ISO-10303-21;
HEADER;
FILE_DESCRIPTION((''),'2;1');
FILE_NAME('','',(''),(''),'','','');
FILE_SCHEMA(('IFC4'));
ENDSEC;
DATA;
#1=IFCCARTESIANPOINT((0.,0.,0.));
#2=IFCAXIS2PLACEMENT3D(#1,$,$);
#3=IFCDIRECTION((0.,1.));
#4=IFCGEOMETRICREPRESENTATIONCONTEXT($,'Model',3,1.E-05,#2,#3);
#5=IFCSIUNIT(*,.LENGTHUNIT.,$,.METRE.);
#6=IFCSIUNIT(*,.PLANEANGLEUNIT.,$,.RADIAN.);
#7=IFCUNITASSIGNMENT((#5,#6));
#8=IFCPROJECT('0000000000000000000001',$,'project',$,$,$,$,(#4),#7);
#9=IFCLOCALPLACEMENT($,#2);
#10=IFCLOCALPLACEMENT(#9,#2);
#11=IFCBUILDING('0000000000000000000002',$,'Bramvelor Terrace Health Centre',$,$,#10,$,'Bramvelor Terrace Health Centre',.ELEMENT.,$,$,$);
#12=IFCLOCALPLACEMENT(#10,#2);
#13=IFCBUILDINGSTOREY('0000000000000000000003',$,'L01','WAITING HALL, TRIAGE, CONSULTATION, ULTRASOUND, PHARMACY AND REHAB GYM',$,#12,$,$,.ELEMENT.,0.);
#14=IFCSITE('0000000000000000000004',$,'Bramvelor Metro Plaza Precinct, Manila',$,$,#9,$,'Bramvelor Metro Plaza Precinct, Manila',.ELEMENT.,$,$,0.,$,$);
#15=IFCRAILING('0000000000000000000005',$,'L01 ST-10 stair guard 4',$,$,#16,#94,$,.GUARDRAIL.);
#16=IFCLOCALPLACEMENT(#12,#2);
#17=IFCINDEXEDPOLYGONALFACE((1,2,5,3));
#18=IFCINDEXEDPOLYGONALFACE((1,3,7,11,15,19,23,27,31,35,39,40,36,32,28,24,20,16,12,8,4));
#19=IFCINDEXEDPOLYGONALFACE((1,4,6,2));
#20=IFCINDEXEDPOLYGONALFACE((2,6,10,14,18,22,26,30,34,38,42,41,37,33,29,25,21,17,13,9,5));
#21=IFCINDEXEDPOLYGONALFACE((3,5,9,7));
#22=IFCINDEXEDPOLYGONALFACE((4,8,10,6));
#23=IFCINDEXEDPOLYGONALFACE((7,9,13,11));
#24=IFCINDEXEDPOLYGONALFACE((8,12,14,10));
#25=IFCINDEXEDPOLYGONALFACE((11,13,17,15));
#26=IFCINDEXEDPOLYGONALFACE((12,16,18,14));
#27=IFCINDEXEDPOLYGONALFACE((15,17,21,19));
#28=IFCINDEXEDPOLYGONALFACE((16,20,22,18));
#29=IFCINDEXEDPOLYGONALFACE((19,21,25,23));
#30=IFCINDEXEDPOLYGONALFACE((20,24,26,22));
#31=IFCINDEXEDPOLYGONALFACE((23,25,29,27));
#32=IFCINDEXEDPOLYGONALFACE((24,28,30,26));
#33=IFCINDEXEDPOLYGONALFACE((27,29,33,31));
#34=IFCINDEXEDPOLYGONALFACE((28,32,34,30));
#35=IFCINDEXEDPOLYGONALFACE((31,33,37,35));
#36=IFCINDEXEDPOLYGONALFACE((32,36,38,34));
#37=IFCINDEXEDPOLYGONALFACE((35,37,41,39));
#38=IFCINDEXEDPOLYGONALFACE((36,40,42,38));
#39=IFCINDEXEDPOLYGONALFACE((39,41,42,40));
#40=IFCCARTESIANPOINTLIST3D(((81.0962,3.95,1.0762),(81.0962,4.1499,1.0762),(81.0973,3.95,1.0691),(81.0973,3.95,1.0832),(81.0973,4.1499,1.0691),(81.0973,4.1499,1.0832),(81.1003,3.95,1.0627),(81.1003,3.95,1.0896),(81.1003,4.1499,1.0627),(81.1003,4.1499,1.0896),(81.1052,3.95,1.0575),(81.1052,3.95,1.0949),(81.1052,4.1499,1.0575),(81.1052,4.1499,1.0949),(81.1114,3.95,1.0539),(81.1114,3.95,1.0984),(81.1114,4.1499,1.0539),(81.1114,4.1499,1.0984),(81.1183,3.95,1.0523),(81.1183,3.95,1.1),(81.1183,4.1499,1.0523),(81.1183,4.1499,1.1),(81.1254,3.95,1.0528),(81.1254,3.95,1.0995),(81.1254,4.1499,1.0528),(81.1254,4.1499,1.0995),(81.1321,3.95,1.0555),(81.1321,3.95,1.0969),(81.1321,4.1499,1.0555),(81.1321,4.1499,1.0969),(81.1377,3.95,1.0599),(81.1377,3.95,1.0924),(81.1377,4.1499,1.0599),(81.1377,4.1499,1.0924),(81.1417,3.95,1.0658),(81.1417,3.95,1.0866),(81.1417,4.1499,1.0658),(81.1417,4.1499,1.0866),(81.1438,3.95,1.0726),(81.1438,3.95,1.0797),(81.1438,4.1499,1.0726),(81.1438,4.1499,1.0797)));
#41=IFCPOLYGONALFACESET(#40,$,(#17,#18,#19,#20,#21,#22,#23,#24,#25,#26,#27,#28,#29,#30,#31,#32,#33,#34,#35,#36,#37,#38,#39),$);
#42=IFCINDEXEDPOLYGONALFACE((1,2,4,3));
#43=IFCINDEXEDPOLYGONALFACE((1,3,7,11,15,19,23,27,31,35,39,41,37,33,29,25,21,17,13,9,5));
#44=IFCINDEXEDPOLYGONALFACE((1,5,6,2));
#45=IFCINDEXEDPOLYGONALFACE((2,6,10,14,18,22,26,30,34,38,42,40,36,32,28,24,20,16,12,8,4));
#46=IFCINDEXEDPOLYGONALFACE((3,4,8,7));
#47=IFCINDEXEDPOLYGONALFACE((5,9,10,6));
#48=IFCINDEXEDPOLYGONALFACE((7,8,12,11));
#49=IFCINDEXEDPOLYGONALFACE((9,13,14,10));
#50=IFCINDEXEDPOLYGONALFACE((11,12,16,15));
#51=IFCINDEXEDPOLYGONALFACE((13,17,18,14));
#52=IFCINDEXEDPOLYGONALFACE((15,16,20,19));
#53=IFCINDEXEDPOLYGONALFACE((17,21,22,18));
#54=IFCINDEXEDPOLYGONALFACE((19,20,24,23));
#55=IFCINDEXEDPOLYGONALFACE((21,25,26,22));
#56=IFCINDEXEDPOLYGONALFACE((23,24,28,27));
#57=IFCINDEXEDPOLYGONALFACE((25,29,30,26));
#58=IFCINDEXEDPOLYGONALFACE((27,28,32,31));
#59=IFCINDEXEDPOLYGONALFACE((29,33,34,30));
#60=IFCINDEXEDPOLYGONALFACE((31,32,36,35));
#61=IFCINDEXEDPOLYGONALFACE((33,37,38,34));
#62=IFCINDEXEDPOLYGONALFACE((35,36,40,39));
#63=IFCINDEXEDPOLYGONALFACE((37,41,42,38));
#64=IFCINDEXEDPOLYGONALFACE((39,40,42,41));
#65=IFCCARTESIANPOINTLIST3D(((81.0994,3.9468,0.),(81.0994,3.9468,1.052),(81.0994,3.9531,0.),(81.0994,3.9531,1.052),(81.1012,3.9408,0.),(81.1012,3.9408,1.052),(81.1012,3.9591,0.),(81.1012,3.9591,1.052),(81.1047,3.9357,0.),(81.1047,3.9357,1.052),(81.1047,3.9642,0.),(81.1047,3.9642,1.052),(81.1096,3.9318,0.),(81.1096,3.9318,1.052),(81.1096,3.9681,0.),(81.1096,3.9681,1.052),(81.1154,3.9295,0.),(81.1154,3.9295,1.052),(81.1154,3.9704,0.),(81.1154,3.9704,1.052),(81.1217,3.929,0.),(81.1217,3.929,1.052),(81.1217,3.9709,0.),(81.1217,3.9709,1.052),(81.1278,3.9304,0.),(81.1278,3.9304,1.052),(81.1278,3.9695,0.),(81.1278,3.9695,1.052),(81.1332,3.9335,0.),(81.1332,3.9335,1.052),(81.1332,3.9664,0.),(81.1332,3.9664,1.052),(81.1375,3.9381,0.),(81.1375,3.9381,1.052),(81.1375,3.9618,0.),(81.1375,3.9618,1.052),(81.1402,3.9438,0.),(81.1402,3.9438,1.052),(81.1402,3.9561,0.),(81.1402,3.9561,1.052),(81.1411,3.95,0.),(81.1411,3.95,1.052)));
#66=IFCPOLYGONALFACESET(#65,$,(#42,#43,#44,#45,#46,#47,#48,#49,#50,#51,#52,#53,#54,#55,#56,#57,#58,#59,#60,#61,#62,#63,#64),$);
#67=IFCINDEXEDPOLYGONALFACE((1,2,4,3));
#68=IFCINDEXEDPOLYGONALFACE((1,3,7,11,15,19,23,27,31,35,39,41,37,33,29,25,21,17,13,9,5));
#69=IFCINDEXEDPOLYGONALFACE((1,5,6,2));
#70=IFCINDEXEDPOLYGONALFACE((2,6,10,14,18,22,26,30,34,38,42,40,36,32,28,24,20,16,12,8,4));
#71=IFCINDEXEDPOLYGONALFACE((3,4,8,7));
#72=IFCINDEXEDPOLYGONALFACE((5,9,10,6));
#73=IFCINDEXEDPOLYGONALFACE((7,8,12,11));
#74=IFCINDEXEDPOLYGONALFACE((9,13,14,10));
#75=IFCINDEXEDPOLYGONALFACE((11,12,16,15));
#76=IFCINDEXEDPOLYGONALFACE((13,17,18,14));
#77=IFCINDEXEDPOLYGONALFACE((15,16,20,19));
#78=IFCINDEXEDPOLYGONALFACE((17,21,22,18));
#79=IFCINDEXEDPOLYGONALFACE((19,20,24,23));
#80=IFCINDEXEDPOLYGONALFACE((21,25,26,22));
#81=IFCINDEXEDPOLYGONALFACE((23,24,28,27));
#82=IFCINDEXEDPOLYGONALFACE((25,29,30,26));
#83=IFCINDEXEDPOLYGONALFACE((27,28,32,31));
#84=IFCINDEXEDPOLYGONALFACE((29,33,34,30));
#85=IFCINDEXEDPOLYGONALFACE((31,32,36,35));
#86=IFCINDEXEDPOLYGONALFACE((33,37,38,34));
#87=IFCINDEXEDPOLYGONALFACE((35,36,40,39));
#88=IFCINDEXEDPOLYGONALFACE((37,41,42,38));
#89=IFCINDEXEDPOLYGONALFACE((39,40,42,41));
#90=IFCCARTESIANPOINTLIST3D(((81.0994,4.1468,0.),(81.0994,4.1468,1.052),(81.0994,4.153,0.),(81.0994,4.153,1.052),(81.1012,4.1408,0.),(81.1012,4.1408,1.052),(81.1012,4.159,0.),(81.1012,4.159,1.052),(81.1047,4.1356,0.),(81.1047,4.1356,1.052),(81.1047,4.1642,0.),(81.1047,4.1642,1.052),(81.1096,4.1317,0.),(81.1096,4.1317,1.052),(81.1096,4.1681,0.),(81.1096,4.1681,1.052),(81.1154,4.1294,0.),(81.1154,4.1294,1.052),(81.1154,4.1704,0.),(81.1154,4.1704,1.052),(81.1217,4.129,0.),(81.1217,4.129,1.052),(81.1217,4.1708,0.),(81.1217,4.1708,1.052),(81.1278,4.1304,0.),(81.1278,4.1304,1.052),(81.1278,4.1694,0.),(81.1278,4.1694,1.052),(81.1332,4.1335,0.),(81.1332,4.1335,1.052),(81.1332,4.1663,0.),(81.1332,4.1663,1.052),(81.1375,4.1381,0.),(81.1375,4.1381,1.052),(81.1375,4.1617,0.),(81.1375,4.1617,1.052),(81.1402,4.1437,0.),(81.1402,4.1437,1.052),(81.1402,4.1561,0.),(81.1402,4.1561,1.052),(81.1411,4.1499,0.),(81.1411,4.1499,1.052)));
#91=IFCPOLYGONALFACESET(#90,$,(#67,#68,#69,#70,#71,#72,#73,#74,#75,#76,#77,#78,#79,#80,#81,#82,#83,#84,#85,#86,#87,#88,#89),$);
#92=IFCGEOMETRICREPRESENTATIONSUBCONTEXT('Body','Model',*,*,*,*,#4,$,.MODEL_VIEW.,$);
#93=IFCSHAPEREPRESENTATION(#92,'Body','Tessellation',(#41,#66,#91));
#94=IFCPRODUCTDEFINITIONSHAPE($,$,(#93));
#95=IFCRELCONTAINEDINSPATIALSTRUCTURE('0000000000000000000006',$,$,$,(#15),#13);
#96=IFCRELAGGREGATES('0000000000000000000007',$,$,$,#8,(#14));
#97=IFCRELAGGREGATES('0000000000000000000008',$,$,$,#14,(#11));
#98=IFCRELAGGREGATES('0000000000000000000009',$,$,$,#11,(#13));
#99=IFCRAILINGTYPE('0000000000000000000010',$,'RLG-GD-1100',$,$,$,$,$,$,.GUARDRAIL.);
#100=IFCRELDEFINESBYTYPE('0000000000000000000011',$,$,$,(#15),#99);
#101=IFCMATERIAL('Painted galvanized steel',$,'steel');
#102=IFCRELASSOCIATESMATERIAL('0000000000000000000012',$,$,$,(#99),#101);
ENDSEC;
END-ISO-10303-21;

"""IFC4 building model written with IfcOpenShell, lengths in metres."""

from ifc_helpers import new_model, si_unit, direction, frame, origin, origin_2d, place, context, subcontext, project, spatial, circle, extrude, material, type_object, element, save


model = new_model("IFC4")

# Units and contexts
model_context = context("Model", 3, precision=1e-05, world=origin(), true_north=direction((0.0, 1.0)))
body_context = subcontext(model_context, "Body", "Model", "MODEL_VIEW")
ifc_project = project(units=[si_unit("LENGTHUNIT", "METRE"), si_unit("PLANEANGLEUNIT", "RADIAN")], contexts=[model_context])

# Site, building, storey
site_placement = place(None, origin())
site = spatial("IfcSite", under=ifc_project, at=site_placement, Name="Bramvelor Metro Plaza Precinct, Manila", LongName="Bramvelor Metro Plaza Precinct, Manila", CompositionType="ELEMENT", RefElevation=0.0)
building_placement = place(site_placement, origin())
building = spatial("IfcBuilding", under=site, at=building_placement, Name="Bramvelor Terrace Health Centre", LongName="Bramvelor Terrace Health Centre", CompositionType="ELEMENT")
storey_placement = place(building_placement, origin())
storey = spatial("IfcBuildingStorey", under=building, at=storey_placement, Name="L01", Description="WAITING HALL, TRIAGE, CONSULTATION, ULTRASOUND, PHARMACY AND REHAB GYM", CompositionType="ELEMENT", Elevation=0.0)

# Railing
ifc_material_1 = material(Name="Painted galvanized steel", Category="steel")
railing_type_1 = type_object("IfcRailingType", Name="RLG-GD-1100", PredefinedType="GUARDRAIL", material=ifc_material_1)
railing_1_placement = place(storey_placement, frame((81.1201, 3.95, 0.0)))
element("IfcRailing", 1, at=railing_1_placement, inside=storey, type_object=railing_type_1, Name="L01 ST-10 stair guard 4", PredefinedType="GUARDRAIL", context=body_context, shape_type="SweptSolid", body=[
    extrude(circle(Radius=0.0239, at=origin_2d()), frame((0.0, 0.0, 1.0762), z_axis=(0.0, 1.0, 0.0), x_axis=(-1.0, 0.0, 0.0)), (0.0, 0.0, 1.0), 0.2),
    extrude(circle(Radius=0.021, at=origin_2d()), origin(), (0.0, 0.0, 1.0), 1.052),
    extrude(circle(Radius=0.021, at=origin_2d()), frame((0.0, 0.2, 0.0)), (0.0, 0.0, 1.0), 1.052),
])

save(model, "model.ifc")
